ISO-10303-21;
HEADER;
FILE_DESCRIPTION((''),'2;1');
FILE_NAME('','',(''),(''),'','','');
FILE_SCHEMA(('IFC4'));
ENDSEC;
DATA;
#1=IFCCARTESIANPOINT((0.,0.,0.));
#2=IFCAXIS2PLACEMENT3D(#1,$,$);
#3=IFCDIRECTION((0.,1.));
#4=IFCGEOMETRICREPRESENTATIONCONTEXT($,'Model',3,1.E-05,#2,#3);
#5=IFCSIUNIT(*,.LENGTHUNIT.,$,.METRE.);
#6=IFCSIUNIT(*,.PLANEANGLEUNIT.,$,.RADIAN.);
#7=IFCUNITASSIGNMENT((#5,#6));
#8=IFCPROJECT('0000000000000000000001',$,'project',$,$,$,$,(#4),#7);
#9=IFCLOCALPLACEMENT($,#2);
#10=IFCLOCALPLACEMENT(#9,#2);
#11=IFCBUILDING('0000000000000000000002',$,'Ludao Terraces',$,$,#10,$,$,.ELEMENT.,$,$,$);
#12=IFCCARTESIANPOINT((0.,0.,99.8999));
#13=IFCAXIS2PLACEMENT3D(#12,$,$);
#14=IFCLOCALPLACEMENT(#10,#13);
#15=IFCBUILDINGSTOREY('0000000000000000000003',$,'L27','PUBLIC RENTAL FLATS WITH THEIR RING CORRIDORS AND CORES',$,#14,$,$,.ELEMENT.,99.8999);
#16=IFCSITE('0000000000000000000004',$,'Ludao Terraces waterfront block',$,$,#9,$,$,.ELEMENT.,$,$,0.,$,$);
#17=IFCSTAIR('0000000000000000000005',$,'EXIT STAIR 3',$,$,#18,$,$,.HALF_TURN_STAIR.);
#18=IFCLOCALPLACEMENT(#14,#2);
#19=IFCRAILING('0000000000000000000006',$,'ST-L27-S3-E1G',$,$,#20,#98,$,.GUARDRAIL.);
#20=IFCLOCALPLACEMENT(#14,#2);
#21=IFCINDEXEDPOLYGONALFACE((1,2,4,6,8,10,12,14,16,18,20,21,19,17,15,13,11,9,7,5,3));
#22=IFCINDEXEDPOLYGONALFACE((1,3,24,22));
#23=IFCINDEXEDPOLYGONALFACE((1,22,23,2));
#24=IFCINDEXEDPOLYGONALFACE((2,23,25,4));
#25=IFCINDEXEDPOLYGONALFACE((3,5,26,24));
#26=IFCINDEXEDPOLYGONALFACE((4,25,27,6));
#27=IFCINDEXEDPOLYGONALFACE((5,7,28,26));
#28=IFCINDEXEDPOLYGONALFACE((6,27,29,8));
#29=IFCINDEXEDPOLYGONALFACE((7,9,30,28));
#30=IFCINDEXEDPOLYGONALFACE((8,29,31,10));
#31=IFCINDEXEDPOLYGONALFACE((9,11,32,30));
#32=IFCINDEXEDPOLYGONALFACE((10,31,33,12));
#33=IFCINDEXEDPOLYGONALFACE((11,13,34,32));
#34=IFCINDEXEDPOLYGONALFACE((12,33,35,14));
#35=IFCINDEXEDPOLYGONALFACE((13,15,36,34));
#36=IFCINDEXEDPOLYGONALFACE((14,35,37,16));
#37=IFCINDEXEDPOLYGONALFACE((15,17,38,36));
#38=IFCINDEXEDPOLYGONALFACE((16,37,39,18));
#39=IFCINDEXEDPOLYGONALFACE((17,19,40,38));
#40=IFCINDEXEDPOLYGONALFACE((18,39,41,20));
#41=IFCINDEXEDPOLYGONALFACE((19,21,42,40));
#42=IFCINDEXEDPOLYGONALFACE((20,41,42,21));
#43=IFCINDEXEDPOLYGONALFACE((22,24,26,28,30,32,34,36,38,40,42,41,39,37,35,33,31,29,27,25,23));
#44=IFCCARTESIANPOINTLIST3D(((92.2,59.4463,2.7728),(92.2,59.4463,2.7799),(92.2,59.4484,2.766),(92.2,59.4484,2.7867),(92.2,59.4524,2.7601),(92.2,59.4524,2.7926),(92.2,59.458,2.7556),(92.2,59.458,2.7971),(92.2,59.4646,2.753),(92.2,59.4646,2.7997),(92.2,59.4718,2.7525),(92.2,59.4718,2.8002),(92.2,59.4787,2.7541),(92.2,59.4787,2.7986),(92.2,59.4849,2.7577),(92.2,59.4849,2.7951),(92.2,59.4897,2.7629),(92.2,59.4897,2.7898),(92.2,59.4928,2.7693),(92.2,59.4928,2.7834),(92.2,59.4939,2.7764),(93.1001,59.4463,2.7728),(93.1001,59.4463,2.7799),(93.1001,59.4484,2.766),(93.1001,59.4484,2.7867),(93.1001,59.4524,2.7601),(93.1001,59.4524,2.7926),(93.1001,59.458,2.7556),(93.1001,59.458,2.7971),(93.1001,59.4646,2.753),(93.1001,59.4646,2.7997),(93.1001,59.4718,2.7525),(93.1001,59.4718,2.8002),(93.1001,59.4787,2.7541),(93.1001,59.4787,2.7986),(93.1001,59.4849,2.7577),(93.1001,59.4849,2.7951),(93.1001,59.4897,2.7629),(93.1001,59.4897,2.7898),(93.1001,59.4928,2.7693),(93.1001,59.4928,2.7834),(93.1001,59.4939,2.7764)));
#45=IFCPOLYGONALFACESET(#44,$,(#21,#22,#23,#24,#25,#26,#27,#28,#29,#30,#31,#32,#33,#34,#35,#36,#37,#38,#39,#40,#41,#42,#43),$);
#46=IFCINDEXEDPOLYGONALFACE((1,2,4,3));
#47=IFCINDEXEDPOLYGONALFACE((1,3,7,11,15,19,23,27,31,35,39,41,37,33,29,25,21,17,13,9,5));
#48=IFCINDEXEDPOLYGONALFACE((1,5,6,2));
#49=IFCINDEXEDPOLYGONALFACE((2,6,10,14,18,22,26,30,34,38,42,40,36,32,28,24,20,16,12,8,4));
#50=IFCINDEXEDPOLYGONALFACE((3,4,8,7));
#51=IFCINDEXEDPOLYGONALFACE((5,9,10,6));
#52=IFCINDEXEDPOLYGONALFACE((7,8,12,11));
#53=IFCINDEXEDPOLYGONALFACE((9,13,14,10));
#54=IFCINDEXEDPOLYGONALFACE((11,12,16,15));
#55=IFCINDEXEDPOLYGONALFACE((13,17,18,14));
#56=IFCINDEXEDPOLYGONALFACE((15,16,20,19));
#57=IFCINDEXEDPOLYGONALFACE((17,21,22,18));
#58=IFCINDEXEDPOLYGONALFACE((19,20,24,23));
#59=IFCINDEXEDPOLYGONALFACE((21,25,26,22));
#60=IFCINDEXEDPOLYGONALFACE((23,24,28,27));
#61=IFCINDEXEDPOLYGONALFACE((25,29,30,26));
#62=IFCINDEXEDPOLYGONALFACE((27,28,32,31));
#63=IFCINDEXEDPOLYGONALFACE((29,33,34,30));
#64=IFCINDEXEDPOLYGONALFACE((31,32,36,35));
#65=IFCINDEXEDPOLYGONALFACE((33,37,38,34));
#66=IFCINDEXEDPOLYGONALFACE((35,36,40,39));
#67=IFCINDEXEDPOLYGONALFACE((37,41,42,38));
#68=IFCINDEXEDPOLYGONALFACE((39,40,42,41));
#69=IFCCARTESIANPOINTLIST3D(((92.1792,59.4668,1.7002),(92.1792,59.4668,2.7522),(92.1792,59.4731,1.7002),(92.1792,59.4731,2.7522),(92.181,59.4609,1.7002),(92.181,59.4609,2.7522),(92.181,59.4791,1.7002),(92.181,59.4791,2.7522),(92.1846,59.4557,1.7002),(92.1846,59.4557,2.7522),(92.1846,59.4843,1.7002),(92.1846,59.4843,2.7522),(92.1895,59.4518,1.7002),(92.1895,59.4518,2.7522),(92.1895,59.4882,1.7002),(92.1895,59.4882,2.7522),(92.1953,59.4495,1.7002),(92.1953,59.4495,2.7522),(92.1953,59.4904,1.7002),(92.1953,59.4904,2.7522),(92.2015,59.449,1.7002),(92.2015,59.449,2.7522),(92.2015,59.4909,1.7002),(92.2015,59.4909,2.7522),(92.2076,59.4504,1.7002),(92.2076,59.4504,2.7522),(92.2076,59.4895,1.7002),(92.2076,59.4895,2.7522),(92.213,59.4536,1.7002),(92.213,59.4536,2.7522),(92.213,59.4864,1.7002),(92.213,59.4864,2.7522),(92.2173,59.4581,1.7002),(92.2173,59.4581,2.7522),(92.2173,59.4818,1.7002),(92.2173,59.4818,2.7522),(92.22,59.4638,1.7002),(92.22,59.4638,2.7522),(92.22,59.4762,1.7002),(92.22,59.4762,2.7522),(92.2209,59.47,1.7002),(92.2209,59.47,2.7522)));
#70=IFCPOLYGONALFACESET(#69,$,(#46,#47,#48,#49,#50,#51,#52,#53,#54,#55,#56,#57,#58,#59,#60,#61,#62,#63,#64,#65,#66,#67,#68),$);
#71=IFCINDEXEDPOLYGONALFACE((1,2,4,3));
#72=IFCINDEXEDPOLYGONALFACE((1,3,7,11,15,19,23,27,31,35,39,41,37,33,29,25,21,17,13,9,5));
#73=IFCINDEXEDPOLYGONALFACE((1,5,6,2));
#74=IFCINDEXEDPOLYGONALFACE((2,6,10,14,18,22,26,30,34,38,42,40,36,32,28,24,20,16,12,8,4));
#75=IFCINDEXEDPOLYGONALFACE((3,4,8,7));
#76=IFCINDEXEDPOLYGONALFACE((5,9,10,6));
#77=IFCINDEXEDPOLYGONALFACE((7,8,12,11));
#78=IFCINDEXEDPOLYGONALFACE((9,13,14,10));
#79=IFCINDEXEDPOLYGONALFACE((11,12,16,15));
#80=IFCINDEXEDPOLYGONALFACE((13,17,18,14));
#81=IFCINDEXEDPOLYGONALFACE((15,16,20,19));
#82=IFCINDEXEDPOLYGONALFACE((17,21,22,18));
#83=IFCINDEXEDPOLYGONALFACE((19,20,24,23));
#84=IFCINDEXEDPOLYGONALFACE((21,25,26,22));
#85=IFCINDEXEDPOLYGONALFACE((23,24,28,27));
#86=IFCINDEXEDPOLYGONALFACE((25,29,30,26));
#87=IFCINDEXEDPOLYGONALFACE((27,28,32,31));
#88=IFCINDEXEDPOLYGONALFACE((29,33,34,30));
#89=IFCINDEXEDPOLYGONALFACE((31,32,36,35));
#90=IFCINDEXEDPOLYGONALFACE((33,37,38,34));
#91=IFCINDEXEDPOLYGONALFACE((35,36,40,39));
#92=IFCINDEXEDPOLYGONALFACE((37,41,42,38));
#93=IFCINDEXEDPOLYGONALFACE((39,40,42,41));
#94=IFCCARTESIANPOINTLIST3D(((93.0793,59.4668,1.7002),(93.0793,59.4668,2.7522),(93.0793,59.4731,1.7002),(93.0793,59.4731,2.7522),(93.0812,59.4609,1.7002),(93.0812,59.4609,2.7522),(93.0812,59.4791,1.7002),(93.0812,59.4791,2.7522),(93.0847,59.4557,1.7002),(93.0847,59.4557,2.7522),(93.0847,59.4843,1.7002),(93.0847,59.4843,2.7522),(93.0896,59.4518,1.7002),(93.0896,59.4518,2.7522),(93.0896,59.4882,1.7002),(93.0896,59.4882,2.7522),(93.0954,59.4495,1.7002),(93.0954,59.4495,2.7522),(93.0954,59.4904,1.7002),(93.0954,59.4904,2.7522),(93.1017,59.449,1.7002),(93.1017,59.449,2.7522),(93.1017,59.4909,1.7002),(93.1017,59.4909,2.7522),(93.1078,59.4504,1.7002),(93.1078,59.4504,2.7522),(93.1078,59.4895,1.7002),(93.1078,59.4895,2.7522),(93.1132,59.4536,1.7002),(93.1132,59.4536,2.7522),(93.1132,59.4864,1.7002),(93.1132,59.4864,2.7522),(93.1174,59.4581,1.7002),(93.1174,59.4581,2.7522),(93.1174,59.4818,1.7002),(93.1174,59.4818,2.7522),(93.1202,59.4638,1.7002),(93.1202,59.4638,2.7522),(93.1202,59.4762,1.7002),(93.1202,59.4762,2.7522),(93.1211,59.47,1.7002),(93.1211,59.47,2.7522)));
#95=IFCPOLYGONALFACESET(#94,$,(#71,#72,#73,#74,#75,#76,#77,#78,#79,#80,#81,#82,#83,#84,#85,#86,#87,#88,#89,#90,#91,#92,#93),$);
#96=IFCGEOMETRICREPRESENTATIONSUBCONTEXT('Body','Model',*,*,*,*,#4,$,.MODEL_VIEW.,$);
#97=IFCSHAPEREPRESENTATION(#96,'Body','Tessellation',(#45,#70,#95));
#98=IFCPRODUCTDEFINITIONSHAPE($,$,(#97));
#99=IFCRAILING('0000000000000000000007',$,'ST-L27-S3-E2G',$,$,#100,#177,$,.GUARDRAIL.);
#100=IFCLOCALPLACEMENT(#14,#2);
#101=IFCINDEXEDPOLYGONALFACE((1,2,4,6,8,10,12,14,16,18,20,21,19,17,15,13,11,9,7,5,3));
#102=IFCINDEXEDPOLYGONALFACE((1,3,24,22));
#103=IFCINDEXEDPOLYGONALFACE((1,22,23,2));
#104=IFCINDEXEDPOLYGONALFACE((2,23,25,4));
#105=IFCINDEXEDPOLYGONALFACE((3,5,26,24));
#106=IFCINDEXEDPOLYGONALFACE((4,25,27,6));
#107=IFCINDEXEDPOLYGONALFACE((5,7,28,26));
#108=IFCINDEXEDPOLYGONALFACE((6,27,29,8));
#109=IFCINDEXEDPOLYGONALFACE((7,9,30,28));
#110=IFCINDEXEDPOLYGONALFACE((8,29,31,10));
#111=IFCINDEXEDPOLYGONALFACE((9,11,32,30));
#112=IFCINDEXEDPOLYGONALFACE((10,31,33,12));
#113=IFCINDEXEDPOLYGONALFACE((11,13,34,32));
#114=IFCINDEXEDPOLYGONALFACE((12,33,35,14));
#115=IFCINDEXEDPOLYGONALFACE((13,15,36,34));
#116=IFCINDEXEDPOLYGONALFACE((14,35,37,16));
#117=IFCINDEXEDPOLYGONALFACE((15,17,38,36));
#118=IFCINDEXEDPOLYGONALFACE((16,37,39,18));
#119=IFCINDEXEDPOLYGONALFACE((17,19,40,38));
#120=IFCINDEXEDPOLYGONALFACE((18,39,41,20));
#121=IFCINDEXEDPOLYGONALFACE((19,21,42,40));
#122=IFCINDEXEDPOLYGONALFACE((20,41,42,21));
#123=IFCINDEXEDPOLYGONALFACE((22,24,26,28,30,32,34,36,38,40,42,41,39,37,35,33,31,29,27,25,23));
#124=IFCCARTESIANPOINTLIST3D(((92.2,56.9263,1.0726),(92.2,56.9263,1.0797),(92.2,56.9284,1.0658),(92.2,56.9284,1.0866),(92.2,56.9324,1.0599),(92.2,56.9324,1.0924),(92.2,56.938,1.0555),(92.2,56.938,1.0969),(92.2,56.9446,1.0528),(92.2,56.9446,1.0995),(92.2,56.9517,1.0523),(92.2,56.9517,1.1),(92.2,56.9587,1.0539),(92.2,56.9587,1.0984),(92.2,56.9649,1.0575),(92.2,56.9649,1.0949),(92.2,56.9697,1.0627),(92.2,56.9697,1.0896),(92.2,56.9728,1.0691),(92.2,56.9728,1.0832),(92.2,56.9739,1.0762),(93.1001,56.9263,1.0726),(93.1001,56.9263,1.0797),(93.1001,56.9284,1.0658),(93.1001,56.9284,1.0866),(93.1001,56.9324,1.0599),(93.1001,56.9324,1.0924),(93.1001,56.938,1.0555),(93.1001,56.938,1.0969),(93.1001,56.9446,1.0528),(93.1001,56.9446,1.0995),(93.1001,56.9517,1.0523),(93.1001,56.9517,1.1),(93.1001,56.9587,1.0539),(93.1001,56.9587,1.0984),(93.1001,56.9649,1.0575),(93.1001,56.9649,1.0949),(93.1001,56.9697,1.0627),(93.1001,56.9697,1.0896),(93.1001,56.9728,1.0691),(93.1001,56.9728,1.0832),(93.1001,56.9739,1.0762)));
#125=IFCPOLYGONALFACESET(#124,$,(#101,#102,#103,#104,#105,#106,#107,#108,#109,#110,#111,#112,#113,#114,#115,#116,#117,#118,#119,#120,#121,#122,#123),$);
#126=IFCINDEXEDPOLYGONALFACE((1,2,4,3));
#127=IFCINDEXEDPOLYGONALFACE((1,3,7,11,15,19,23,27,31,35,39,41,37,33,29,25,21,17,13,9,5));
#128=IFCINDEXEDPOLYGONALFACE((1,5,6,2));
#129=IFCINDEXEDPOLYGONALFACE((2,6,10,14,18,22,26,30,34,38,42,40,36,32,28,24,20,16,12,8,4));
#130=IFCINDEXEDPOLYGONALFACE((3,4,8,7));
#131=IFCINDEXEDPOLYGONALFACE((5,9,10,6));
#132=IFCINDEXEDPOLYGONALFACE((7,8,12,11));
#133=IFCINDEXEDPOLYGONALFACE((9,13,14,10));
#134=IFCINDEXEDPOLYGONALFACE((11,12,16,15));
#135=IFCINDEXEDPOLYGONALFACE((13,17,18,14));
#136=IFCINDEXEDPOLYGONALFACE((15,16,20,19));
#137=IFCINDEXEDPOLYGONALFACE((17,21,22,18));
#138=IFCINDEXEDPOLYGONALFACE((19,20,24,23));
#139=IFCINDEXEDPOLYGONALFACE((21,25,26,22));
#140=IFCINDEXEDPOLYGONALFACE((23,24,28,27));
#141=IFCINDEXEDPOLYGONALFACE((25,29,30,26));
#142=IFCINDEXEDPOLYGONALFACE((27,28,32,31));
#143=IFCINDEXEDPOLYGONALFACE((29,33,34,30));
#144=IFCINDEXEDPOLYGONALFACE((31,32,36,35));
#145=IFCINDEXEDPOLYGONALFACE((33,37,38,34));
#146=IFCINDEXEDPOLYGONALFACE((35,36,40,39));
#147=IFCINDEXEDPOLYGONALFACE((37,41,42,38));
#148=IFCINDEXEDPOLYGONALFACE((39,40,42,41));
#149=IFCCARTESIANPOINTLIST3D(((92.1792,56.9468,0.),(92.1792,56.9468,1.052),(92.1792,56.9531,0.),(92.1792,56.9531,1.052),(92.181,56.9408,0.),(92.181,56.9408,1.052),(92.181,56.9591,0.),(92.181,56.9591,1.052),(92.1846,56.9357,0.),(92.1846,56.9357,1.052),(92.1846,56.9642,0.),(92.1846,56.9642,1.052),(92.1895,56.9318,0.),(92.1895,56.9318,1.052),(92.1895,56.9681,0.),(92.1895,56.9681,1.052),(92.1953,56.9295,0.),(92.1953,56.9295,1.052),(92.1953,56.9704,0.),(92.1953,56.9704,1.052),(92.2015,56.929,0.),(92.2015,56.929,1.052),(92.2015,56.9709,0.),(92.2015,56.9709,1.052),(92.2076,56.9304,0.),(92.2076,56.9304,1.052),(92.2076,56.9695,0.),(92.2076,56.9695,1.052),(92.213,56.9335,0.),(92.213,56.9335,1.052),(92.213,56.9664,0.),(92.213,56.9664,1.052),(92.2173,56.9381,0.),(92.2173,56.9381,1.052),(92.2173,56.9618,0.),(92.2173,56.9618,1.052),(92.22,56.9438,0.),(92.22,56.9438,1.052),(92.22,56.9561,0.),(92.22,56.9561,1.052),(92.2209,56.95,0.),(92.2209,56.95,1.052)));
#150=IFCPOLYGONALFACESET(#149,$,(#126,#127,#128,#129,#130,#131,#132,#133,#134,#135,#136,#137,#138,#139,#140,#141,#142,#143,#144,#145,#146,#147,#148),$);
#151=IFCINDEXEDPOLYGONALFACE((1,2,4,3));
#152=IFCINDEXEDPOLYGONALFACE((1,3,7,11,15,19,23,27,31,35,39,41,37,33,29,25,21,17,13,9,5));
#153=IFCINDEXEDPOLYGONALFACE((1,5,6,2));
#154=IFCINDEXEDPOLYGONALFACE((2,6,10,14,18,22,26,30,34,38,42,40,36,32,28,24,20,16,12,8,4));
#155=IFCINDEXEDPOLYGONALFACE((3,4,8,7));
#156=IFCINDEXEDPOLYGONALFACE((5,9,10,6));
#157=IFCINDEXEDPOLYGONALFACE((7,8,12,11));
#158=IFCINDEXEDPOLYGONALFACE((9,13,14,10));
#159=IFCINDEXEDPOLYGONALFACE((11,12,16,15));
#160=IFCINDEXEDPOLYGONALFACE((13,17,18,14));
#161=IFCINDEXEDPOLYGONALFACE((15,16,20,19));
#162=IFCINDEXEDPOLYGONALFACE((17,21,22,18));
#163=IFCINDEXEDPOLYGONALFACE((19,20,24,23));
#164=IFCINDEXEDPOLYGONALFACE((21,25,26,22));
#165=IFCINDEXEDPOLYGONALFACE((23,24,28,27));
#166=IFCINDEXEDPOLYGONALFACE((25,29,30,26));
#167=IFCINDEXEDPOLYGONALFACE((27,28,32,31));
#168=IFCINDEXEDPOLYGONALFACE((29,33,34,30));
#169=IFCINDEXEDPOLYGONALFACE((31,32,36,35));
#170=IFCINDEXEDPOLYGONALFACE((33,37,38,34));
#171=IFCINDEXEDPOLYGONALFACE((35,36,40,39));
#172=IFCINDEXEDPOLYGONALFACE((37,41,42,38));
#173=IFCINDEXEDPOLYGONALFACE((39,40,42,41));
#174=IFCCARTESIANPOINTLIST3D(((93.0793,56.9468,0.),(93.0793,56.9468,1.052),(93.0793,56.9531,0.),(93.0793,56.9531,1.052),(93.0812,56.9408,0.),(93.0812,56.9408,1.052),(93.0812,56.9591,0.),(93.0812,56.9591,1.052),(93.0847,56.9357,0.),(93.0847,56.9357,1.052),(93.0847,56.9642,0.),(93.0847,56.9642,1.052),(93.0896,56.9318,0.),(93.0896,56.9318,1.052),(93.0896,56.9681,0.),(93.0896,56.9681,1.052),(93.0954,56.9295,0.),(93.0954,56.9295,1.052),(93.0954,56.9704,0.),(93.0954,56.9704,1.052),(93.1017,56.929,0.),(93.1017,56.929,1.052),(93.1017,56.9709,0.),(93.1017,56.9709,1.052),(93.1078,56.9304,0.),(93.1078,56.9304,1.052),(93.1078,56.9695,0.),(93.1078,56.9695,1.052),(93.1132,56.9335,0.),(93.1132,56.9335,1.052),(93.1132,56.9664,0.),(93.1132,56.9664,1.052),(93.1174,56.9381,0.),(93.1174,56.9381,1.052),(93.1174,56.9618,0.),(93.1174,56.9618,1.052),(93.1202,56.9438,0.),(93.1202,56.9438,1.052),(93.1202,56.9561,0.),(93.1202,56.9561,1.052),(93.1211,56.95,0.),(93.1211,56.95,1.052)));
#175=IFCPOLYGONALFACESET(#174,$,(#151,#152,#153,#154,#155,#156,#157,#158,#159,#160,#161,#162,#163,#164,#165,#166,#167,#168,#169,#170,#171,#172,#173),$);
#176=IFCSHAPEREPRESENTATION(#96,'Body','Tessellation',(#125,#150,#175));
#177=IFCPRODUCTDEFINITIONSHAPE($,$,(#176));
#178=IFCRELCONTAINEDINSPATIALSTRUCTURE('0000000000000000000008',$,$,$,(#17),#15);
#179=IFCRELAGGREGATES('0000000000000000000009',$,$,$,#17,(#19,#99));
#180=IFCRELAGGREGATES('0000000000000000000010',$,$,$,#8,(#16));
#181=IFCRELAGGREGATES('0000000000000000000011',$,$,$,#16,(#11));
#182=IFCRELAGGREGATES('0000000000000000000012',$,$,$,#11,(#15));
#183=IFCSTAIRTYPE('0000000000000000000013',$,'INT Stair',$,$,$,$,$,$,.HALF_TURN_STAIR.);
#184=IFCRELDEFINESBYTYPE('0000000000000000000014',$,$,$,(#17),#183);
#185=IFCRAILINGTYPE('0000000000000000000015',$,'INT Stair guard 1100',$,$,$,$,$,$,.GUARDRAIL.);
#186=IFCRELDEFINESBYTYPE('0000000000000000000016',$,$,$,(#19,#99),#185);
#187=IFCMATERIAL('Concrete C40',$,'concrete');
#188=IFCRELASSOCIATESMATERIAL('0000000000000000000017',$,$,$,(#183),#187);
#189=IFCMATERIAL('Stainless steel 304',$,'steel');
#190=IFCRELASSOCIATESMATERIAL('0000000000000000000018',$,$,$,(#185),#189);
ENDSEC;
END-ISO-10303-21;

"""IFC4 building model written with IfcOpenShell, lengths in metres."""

from ifc_helpers import new_model, si_unit, direction, frame, origin, origin_2d, place, context, subcontext, project, spatial, circle, extrude, material, type_object, element, aggregate, save


model = new_model("IFC4")

# Units and contexts
model_context = context("Model", 3, precision=1e-05, world=origin(), true_north=direction((0.0, 1.0)))
body_context = subcontext(model_context, "Body", "Model", "MODEL_VIEW")
ifc_project = project(units=[si_unit("LENGTHUNIT", "METRE"), si_unit("PLANEANGLEUNIT", "RADIAN")], contexts=[model_context])

# Site, building, storey
site_placement = place(None, origin())
site = spatial("IfcSite", under=ifc_project, at=site_placement, Name="Ludao Terraces waterfront block", CompositionType="ELEMENT", RefElevation=0.0)
building_placement = place(site_placement, origin())
building = spatial("IfcBuilding", under=site, at=building_placement, Name="Ludao Terraces", CompositionType="ELEMENT")
storey_placement = place(building_placement, frame((0.0, 0.0, 99.8999)))
storey = spatial("IfcBuildingStorey", under=building, at=storey_placement, Name="L27", Description="PUBLIC RENTAL FLATS WITH THEIR RING CORRIDORS AND CORES", CompositionType="ELEMENT", Elevation=99.8999)

# Shared definitions
ifc_material_1 = material(Name="Concrete C40", Category="concrete")

# Stair, railings
stair_type = type_object("IfcStairType", Name="INT Stair", PredefinedType="HALF_TURN_STAIR", material=ifc_material_1)
stair_placement = place(storey_placement, origin())
stair = element("IfcStair", 1, at=stair_placement, inside=storey, type_object=stair_type, Name="EXIT STAIR 3", PredefinedType="HALF_TURN_STAIR")
ifc_material_2 = material(Name="Stainless steel 304", Category="steel")
railing_type_1 = type_object("IfcRailingType", Name="INT Stair guard 1100", PredefinedType="GUARDRAIL", material=ifc_material_2)
railing_1_placement = place(storey_placement, frame((92.2, 59.47, 1.7002)))
railing_1 = element("IfcRailing", 2, at=railing_1_placement, type_object=railing_type_1, Name="ST-L27-S3-E1G", PredefinedType="GUARDRAIL", context=body_context, shape_type="SweptSolid", body=[
    extrude(circle(Radius=0.0239, at=origin_2d()), frame((0.0, 0.0, 1.0762), z_axis=(1.0, 0.0, 0.0), x_axis=(0.0, 1.0, 0.0)), (0.0, 0.0, 1.0), 0.9001),
    extrude(circle(Radius=0.021, at=origin_2d()), origin(), (0.0, 0.0, 1.0), 1.052),
    extrude(circle(Radius=0.021, at=origin_2d()), frame((0.9001, 0.0, 0.0)), (0.0, 0.0, 1.0), 1.052),
])
railing_2_placement = place(storey_placement, frame((92.2, 56.95, 0.0)))
railing_2 = element("IfcRailing", 3, at=railing_2_placement, type_object=railing_type_1, Name="ST-L27-S3-E2G", PredefinedType="GUARDRAIL", context=body_context, shape_type="SweptSolid", body=[
    extrude(circle(Radius=0.0239, at=origin_2d()), frame((0.0, 0.0, 1.0762), z_axis=(1.0, 0.0, 0.0), x_axis=(0.0, 1.0, 0.0)), (0.0, 0.0, 1.0), 0.9001),
    extrude(circle(Radius=0.021, at=origin_2d()), origin(), (0.0, 0.0, 1.0), 1.052),
    extrude(circle(Radius=0.021, at=origin_2d()), frame((0.9001, 0.0, 0.0)), (0.0, 0.0, 1.0), 1.052),
])
aggregate(stair, [railing_1, railing_2])

save(model, "model.ifc")
